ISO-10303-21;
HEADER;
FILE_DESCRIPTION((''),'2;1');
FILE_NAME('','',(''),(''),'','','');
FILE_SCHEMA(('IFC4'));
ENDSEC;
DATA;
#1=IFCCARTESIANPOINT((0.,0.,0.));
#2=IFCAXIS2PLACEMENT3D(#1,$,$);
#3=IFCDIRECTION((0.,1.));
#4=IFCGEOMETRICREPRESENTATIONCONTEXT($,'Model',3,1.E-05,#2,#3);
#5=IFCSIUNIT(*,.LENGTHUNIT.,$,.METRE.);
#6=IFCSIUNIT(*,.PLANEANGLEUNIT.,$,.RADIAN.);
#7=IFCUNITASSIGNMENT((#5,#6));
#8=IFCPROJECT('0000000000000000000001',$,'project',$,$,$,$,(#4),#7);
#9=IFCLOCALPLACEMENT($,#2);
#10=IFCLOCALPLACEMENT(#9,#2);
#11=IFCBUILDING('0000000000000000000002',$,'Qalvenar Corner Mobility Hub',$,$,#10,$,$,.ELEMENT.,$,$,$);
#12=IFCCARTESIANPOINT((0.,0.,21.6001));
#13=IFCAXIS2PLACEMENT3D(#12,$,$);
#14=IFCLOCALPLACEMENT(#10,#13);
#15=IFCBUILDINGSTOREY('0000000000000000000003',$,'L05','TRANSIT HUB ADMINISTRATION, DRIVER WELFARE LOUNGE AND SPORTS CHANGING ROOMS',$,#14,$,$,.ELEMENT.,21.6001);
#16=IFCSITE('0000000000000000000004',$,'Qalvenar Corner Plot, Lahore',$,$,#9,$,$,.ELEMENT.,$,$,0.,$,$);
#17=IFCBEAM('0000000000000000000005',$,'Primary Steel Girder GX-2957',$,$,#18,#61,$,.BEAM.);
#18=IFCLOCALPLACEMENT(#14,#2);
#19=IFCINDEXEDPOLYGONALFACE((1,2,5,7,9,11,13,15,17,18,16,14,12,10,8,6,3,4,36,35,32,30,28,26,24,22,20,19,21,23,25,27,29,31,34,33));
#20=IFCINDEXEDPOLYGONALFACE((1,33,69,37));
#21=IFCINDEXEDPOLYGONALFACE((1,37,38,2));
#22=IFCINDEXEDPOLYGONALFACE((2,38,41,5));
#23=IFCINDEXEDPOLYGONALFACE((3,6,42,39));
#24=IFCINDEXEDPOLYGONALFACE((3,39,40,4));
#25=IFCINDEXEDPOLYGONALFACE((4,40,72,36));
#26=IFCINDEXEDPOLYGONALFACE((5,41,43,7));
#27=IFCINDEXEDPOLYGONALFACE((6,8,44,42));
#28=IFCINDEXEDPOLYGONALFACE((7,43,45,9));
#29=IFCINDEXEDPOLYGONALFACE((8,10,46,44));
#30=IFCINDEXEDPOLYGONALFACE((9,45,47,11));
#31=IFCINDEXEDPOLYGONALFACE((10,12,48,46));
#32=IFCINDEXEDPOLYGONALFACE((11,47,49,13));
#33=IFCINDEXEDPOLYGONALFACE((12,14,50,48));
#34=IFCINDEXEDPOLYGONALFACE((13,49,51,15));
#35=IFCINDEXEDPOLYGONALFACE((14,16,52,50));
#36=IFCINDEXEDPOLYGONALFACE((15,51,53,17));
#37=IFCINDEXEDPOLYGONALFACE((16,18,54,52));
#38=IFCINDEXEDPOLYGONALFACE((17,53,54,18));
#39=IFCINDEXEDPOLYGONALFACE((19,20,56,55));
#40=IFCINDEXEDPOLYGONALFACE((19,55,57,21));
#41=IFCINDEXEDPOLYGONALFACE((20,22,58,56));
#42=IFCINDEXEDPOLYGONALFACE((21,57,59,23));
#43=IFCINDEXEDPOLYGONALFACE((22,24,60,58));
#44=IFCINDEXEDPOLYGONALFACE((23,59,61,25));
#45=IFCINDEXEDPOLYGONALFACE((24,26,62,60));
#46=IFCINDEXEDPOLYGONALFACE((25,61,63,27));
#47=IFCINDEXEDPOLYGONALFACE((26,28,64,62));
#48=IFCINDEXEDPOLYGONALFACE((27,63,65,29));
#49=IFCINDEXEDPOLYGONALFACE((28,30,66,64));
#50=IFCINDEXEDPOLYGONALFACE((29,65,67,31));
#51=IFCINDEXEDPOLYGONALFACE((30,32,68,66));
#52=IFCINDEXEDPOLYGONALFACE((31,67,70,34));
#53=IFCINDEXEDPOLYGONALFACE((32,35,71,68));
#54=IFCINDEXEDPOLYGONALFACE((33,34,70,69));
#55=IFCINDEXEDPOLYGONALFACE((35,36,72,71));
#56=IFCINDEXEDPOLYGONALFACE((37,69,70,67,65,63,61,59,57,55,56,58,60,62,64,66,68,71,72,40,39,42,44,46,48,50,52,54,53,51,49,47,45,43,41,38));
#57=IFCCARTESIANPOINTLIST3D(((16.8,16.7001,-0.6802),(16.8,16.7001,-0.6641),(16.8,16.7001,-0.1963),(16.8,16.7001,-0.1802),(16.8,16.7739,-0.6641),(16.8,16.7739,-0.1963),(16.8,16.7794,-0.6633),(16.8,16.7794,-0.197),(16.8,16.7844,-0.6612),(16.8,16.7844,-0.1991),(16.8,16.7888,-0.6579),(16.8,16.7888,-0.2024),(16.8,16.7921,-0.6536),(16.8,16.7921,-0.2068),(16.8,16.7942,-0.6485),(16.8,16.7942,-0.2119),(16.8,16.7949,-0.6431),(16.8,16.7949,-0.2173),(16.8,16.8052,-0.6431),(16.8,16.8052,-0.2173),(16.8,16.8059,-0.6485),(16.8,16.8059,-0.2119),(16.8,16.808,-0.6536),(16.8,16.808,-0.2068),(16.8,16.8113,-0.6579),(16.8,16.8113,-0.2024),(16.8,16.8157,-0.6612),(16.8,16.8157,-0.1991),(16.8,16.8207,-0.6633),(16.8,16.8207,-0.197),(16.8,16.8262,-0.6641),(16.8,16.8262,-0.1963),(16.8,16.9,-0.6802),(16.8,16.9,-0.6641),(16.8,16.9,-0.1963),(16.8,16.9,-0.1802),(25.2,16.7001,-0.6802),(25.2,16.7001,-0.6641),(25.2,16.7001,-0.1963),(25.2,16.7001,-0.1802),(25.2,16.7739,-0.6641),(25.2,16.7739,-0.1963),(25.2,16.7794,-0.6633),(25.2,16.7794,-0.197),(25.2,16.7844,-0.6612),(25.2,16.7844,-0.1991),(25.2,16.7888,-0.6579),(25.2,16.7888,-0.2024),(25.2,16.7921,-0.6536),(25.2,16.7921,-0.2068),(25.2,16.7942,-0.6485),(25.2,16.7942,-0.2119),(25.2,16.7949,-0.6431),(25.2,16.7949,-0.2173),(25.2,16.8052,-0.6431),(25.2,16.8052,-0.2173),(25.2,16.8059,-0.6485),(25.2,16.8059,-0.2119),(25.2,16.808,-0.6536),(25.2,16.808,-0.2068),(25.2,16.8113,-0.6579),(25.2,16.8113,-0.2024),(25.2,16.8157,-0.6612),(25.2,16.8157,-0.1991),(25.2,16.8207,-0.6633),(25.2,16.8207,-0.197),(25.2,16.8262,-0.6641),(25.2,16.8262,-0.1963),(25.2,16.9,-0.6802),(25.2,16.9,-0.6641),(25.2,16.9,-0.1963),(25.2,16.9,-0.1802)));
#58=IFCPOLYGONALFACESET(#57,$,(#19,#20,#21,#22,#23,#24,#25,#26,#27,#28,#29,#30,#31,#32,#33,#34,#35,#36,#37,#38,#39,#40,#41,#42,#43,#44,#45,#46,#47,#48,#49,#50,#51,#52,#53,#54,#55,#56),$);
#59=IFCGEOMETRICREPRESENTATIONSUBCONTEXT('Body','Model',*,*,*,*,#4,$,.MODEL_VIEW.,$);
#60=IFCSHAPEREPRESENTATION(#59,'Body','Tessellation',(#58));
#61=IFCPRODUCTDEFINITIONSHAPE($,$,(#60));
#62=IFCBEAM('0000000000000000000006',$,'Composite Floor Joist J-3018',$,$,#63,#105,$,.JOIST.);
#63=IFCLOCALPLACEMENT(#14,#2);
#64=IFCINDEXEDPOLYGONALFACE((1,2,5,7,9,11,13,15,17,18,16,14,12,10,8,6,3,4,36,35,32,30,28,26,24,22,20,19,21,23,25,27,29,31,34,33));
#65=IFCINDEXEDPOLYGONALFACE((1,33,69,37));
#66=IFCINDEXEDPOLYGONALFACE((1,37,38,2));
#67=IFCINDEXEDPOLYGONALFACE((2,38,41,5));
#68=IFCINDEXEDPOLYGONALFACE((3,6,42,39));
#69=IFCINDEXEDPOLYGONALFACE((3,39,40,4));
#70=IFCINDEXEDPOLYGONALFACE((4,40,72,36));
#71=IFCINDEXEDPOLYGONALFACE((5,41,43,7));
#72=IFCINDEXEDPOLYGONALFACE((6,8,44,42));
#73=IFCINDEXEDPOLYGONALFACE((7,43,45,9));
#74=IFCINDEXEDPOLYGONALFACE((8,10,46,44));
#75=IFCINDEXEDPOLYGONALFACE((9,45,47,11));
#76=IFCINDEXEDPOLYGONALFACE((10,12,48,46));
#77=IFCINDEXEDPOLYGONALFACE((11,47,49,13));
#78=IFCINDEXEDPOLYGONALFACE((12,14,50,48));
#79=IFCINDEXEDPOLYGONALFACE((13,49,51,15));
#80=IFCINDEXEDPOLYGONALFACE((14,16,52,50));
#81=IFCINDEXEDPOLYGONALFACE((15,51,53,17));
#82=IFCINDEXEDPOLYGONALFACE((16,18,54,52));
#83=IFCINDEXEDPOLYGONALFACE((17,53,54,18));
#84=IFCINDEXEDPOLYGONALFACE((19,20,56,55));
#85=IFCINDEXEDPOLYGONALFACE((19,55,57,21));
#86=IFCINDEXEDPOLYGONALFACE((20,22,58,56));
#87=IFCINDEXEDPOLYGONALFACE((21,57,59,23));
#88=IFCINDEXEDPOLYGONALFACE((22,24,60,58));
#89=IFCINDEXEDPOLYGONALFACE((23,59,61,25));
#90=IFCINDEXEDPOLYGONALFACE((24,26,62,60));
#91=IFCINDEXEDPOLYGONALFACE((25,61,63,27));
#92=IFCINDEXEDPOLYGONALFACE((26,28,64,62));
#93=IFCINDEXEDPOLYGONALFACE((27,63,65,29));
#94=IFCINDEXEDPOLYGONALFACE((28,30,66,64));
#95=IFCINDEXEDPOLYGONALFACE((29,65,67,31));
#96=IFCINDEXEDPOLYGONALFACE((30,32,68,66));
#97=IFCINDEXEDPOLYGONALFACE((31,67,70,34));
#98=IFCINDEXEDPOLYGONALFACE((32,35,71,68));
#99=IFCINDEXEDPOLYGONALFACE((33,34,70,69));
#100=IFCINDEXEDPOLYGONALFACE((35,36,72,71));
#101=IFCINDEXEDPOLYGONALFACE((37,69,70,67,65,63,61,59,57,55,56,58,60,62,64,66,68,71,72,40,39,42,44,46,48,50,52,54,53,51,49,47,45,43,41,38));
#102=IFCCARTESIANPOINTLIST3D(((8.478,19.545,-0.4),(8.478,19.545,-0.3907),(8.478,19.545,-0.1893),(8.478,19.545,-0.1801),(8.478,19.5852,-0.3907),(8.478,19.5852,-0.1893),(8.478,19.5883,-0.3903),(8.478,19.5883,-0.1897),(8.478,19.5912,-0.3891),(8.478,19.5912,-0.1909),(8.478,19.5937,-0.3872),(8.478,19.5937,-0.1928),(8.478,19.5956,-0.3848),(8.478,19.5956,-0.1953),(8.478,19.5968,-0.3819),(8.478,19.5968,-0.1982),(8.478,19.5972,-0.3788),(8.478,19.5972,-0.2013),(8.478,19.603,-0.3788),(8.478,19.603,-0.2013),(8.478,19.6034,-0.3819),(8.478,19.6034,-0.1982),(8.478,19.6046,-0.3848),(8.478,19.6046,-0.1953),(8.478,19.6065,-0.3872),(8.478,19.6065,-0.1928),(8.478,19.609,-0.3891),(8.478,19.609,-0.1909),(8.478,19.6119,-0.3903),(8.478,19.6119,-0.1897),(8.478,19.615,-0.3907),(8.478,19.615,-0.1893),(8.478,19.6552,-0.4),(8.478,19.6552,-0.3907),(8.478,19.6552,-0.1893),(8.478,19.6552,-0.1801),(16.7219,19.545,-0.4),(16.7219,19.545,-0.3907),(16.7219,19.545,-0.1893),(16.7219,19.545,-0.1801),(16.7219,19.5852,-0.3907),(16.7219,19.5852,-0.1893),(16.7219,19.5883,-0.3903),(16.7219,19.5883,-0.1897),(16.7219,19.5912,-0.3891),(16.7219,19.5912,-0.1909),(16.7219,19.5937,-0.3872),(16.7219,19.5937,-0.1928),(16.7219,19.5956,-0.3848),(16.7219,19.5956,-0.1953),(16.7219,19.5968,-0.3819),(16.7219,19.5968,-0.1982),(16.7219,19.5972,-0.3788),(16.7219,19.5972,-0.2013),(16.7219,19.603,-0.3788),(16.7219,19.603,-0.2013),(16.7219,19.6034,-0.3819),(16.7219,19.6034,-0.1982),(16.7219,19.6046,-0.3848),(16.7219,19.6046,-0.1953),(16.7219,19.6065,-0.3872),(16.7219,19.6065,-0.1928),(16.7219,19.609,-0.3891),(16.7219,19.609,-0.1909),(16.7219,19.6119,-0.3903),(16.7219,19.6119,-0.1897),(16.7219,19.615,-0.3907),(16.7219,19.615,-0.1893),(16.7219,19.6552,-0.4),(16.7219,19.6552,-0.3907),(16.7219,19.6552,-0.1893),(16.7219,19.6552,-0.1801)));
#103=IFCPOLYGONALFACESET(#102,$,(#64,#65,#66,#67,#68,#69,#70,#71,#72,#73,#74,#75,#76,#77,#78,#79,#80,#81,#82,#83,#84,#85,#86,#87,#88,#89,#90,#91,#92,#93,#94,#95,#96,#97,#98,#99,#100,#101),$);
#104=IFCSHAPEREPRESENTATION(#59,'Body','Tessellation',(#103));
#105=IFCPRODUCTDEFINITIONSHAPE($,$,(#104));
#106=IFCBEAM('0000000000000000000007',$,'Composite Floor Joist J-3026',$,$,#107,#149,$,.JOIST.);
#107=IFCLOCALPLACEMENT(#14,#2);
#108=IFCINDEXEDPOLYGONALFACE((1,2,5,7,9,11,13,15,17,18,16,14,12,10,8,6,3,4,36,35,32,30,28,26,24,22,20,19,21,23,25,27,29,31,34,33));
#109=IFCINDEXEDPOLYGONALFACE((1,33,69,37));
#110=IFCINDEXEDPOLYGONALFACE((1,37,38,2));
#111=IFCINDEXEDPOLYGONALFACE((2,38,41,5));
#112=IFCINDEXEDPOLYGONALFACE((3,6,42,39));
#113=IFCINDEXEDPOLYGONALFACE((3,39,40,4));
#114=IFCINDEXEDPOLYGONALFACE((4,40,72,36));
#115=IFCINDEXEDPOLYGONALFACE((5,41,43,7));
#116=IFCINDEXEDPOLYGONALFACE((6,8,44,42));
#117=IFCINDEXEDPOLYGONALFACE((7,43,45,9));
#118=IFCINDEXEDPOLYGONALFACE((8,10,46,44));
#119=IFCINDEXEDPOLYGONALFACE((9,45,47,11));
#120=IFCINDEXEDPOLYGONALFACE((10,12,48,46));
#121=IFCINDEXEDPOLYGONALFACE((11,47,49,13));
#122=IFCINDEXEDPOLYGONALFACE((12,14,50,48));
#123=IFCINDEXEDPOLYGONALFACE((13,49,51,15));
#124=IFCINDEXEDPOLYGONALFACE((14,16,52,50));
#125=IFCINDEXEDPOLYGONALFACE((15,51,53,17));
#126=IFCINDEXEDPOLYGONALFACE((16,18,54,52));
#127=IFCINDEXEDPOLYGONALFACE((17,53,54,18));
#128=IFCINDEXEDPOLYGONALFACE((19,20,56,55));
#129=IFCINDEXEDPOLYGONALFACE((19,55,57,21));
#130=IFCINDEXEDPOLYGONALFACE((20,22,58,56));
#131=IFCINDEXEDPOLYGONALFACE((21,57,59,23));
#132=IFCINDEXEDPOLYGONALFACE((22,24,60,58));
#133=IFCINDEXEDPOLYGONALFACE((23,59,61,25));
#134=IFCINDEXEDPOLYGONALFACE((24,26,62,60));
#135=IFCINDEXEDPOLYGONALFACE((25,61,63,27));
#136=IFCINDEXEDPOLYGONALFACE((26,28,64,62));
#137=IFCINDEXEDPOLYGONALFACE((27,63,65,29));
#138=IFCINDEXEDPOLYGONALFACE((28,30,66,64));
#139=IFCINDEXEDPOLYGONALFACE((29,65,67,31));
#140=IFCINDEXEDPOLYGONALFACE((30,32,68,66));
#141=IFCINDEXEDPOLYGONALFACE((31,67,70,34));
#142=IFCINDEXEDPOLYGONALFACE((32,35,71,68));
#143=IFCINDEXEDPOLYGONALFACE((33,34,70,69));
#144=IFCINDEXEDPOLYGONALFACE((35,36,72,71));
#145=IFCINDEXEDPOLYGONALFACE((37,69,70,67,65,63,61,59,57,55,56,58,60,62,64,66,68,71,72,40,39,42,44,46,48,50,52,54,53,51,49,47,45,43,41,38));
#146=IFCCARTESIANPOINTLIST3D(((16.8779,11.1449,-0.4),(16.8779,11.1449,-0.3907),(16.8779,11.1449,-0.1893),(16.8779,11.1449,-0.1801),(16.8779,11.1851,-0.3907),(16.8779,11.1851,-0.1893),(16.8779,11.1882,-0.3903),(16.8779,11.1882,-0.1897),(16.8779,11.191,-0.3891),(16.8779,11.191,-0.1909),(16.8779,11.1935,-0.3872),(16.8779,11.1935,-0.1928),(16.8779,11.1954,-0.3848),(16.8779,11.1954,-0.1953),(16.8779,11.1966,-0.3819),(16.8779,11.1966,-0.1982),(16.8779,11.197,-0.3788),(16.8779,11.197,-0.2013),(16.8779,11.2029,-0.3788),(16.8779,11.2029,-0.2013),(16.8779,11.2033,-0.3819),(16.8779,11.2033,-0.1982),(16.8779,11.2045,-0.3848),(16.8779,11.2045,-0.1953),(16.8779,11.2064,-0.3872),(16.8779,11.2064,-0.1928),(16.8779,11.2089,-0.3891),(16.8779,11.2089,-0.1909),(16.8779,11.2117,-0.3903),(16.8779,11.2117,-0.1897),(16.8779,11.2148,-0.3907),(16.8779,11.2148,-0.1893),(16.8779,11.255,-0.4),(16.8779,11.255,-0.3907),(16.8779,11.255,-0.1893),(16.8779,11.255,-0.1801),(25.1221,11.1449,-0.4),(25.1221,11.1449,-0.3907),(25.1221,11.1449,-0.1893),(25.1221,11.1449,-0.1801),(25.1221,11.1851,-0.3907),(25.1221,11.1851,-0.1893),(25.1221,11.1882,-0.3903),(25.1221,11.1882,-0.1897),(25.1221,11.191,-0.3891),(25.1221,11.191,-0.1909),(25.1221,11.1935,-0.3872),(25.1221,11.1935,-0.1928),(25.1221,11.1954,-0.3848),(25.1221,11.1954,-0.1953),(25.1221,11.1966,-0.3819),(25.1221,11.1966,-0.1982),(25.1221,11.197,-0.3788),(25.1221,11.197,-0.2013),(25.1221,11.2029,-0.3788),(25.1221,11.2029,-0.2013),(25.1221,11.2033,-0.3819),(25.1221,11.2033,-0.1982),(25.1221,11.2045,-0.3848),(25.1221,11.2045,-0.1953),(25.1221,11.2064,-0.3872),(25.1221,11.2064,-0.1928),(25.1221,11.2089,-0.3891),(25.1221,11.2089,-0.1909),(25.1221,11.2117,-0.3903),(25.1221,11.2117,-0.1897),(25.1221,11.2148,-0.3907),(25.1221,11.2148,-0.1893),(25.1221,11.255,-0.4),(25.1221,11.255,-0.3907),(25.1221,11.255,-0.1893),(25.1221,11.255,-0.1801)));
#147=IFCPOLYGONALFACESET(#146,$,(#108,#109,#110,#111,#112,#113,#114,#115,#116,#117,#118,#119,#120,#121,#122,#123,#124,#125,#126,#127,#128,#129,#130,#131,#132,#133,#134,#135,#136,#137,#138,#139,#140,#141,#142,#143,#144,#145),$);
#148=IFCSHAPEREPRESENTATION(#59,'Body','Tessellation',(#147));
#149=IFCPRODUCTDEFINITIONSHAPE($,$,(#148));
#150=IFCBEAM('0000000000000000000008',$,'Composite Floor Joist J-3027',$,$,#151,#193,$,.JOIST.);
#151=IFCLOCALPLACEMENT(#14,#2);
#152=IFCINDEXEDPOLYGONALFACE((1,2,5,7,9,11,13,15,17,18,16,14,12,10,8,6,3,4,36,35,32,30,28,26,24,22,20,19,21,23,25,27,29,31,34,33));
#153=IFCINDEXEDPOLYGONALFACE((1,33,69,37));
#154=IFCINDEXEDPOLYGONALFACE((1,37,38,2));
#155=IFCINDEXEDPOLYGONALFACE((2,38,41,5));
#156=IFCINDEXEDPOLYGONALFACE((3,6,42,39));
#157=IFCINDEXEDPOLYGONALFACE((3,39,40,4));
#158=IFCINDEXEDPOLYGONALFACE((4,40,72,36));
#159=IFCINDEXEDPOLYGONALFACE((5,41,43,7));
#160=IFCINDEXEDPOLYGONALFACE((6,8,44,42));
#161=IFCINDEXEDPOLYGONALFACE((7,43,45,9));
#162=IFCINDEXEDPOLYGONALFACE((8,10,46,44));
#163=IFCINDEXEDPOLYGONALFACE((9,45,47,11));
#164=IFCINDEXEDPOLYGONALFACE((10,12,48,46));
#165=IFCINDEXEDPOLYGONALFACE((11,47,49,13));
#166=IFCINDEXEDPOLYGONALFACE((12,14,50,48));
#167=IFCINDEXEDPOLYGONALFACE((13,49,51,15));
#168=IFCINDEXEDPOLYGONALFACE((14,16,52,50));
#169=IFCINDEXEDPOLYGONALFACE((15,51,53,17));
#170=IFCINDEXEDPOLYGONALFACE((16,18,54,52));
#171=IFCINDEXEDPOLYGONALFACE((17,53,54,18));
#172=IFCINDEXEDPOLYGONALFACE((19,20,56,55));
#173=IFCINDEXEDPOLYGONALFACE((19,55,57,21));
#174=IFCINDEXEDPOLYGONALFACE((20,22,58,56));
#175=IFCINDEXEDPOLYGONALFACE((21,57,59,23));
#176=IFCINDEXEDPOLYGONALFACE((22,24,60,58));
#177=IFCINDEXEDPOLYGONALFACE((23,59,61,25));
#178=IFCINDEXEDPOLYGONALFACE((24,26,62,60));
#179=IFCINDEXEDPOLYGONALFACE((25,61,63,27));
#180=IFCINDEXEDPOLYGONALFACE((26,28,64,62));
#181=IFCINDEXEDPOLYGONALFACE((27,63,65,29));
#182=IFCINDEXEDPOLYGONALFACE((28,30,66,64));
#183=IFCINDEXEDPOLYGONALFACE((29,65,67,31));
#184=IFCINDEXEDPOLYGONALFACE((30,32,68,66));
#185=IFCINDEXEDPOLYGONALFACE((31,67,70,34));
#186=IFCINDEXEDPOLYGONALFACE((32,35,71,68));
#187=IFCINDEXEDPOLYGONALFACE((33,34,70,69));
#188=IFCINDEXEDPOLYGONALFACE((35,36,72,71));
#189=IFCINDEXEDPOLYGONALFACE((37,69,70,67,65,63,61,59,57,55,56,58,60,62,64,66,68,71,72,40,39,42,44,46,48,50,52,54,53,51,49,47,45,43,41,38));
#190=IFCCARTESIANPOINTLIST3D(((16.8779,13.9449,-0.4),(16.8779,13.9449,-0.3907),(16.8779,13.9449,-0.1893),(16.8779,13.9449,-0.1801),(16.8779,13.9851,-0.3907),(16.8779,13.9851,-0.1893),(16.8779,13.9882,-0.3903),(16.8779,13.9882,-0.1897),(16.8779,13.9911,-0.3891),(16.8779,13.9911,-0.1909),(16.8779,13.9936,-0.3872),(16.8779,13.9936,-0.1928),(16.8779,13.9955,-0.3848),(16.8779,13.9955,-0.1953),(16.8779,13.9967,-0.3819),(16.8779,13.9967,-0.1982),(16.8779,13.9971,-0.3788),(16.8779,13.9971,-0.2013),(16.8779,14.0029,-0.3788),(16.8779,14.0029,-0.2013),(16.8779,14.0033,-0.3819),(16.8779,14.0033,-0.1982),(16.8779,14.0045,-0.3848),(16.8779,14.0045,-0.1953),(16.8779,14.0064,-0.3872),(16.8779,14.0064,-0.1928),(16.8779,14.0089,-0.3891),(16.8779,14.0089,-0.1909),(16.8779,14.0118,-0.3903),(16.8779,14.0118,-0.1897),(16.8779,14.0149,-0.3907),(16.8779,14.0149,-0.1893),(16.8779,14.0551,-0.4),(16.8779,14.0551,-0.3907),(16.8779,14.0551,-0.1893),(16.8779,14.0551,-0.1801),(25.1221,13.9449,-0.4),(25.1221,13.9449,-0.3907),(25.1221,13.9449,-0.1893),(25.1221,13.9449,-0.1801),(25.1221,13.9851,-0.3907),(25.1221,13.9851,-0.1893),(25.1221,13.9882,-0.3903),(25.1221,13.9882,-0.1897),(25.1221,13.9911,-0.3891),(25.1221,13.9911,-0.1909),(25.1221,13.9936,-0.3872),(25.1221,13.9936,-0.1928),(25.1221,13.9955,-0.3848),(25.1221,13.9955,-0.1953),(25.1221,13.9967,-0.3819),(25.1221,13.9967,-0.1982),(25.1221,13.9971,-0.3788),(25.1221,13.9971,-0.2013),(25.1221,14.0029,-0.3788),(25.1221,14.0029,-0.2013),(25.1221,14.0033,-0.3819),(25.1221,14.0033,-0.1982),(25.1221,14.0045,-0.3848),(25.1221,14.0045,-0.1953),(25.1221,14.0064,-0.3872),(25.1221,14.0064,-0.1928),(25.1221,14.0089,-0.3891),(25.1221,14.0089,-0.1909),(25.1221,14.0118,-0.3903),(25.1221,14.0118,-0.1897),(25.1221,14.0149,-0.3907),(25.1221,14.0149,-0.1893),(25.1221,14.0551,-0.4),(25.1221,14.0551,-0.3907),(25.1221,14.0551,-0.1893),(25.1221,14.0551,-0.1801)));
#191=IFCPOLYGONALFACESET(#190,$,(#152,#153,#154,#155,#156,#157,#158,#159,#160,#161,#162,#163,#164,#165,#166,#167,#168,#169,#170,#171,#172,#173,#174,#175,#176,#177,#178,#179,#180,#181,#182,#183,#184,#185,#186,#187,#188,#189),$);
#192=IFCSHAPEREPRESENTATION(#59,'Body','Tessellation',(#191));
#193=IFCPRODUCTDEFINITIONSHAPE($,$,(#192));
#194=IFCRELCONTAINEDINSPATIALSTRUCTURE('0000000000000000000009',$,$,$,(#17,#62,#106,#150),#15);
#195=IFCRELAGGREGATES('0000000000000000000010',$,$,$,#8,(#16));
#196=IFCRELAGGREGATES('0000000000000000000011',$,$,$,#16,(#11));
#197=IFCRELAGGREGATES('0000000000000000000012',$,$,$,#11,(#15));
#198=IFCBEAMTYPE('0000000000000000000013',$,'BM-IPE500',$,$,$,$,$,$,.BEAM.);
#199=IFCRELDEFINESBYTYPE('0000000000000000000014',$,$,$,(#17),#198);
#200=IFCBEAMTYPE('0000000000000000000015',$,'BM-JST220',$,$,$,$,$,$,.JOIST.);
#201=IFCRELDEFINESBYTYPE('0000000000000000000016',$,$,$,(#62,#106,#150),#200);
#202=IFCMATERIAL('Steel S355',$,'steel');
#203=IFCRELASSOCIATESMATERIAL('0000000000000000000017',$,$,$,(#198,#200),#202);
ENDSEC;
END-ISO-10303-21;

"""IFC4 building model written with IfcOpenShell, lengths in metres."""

from ifc_helpers import new_model, si_unit, direction, frame, origin, origin_2d, place, context, subcontext, project, spatial, i_section, extrude, material, material_profile, profile_set, type_object, element, save


model = new_model("IFC4")

# Units and contexts
model_context = context("Model", 3, precision=1e-05, world=origin(), true_north=direction((0.0, 1.0)))
body_context = subcontext(model_context, "Body", "Model", "MODEL_VIEW")
ifc_project = project(units=[si_unit("LENGTHUNIT", "METRE"), si_unit("PLANEANGLEUNIT", "RADIAN")], contexts=[model_context])

# Site, building, storey
site_placement = place(None, origin())
site = spatial("IfcSite", under=ifc_project, at=site_placement, Name="Qalvenar Corner Plot, Lahore", CompositionType="ELEMENT", RefElevation=0.0)
building_placement = place(site_placement, origin())
building = spatial("IfcBuilding", under=site, at=building_placement, Name="Qalvenar Corner Mobility Hub", CompositionType="ELEMENT")
storey_placement = place(building_placement, frame((0.0, 0.0, 21.6001)))
storey = spatial("IfcBuildingStorey", under=building, at=storey_placement, Name="L05", Description="TRANSIT HUB ADMINISTRATION, DRIVER WELFARE LOUNGE AND SPORTS CHANGING ROOMS", CompositionType="ELEMENT", Elevation=21.6001)

# Beams
ifc_material_1 = material(Name="Steel S355", Category="steel")
ifc_material_profile_1 = material_profile(ifc_material_1, i_section(OverallWidth=0.2, OverallDepth=0.5, WebThickness=0.0103, FlangeThickness=0.0161, FilletRadius=0.021, at=origin_2d()), Name="IPE500")
ifc_profile_set_1 = profile_set([ifc_material_profile_1], Name="Steel S355")
beam_type_1 = type_object("IfcBeamType", Name="BM-IPE500", PredefinedType="BEAM", material=ifc_profile_set_1)
for number, where, z_axis, x_axis, name in (
    (1, (16.8, 16.8, -0.4302), (1.0, 0.0, 0.0), (0.0, 1.0, 0.0), "Primary Steel Girder GX-2957"),
):
    element("IfcBeam", number, at=place(storey_placement, frame(where, z_axis=z_axis, x_axis=x_axis)), inside=storey, type_object=beam_type_1, Name=name, PredefinedType="BEAM", context=body_context, shape_type="SweptSolid", body=[
        extrude(i_section(OverallWidth=0.2, OverallDepth=0.5, WebThickness=0.0103, FlangeThickness=0.0161, FilletRadius=0.021, at=origin_2d()), origin(), (0.0, 0.0, 1.0), 8.3999),
    ])
ifc_material_profile_2 = material_profile(ifc_material_1, i_section(OverallWidth=0.1101, OverallDepth=0.22, WebThickness=0.0059, FlangeThickness=0.0093, FilletRadius=0.012, at=origin_2d()), Name="IPE220")
ifc_profile_set_2 = profile_set([ifc_material_profile_2], Name="Steel S355")
beam_type_2 = type_object("IfcBeamType", Name="BM-JST220", PredefinedType="JOIST", material=ifc_profile_set_2)
beam_1_placement = place(storey_placement, frame((8.478, 19.6001, -0.29), z_axis=(1.0, 0.0, 0.0), x_axis=(0.0, 1.0, 0.0)))
element("IfcBeam", 2, at=beam_1_placement, inside=storey, type_object=beam_type_2, Name="Composite Floor Joist J-3018", PredefinedType="JOIST", context=body_context, shape_type="SweptSolid", body=[
    extrude(i_section(OverallWidth=0.1101, OverallDepth=0.22, WebThickness=0.0059, FlangeThickness=0.0093, FilletRadius=0.012, at=origin_2d()), origin(), (0.0, 0.0, 1.0), 8.2439),
])
for number, where, z_axis, x_axis, name in (
    (3, (16.8779, 11.2, -0.29), (1.0, 0.0, 0.0), (0.0, 1.0, 0.0), "Composite Floor Joist J-3026"),
    (4, (16.8779, 14.0, -0.29), (1.0, 0.0, 0.0), (0.0, 1.0, 0.0), "Composite Floor Joist J-3027"),
):
    element("IfcBeam", number, at=place(storey_placement, frame(where, z_axis=z_axis, x_axis=x_axis)), inside=storey, type_object=beam_type_2, Name=name, PredefinedType="JOIST", context=body_context, shape_type="SweptSolid", body=[
        extrude(i_section(OverallWidth=0.1101, OverallDepth=0.22, WebThickness=0.0059, FlangeThickness=0.0093, FilletRadius=0.012, at=origin_2d()), origin(), (0.0, 0.0, 1.0), 8.2441),
    ])

save(model, "model.ifc")
